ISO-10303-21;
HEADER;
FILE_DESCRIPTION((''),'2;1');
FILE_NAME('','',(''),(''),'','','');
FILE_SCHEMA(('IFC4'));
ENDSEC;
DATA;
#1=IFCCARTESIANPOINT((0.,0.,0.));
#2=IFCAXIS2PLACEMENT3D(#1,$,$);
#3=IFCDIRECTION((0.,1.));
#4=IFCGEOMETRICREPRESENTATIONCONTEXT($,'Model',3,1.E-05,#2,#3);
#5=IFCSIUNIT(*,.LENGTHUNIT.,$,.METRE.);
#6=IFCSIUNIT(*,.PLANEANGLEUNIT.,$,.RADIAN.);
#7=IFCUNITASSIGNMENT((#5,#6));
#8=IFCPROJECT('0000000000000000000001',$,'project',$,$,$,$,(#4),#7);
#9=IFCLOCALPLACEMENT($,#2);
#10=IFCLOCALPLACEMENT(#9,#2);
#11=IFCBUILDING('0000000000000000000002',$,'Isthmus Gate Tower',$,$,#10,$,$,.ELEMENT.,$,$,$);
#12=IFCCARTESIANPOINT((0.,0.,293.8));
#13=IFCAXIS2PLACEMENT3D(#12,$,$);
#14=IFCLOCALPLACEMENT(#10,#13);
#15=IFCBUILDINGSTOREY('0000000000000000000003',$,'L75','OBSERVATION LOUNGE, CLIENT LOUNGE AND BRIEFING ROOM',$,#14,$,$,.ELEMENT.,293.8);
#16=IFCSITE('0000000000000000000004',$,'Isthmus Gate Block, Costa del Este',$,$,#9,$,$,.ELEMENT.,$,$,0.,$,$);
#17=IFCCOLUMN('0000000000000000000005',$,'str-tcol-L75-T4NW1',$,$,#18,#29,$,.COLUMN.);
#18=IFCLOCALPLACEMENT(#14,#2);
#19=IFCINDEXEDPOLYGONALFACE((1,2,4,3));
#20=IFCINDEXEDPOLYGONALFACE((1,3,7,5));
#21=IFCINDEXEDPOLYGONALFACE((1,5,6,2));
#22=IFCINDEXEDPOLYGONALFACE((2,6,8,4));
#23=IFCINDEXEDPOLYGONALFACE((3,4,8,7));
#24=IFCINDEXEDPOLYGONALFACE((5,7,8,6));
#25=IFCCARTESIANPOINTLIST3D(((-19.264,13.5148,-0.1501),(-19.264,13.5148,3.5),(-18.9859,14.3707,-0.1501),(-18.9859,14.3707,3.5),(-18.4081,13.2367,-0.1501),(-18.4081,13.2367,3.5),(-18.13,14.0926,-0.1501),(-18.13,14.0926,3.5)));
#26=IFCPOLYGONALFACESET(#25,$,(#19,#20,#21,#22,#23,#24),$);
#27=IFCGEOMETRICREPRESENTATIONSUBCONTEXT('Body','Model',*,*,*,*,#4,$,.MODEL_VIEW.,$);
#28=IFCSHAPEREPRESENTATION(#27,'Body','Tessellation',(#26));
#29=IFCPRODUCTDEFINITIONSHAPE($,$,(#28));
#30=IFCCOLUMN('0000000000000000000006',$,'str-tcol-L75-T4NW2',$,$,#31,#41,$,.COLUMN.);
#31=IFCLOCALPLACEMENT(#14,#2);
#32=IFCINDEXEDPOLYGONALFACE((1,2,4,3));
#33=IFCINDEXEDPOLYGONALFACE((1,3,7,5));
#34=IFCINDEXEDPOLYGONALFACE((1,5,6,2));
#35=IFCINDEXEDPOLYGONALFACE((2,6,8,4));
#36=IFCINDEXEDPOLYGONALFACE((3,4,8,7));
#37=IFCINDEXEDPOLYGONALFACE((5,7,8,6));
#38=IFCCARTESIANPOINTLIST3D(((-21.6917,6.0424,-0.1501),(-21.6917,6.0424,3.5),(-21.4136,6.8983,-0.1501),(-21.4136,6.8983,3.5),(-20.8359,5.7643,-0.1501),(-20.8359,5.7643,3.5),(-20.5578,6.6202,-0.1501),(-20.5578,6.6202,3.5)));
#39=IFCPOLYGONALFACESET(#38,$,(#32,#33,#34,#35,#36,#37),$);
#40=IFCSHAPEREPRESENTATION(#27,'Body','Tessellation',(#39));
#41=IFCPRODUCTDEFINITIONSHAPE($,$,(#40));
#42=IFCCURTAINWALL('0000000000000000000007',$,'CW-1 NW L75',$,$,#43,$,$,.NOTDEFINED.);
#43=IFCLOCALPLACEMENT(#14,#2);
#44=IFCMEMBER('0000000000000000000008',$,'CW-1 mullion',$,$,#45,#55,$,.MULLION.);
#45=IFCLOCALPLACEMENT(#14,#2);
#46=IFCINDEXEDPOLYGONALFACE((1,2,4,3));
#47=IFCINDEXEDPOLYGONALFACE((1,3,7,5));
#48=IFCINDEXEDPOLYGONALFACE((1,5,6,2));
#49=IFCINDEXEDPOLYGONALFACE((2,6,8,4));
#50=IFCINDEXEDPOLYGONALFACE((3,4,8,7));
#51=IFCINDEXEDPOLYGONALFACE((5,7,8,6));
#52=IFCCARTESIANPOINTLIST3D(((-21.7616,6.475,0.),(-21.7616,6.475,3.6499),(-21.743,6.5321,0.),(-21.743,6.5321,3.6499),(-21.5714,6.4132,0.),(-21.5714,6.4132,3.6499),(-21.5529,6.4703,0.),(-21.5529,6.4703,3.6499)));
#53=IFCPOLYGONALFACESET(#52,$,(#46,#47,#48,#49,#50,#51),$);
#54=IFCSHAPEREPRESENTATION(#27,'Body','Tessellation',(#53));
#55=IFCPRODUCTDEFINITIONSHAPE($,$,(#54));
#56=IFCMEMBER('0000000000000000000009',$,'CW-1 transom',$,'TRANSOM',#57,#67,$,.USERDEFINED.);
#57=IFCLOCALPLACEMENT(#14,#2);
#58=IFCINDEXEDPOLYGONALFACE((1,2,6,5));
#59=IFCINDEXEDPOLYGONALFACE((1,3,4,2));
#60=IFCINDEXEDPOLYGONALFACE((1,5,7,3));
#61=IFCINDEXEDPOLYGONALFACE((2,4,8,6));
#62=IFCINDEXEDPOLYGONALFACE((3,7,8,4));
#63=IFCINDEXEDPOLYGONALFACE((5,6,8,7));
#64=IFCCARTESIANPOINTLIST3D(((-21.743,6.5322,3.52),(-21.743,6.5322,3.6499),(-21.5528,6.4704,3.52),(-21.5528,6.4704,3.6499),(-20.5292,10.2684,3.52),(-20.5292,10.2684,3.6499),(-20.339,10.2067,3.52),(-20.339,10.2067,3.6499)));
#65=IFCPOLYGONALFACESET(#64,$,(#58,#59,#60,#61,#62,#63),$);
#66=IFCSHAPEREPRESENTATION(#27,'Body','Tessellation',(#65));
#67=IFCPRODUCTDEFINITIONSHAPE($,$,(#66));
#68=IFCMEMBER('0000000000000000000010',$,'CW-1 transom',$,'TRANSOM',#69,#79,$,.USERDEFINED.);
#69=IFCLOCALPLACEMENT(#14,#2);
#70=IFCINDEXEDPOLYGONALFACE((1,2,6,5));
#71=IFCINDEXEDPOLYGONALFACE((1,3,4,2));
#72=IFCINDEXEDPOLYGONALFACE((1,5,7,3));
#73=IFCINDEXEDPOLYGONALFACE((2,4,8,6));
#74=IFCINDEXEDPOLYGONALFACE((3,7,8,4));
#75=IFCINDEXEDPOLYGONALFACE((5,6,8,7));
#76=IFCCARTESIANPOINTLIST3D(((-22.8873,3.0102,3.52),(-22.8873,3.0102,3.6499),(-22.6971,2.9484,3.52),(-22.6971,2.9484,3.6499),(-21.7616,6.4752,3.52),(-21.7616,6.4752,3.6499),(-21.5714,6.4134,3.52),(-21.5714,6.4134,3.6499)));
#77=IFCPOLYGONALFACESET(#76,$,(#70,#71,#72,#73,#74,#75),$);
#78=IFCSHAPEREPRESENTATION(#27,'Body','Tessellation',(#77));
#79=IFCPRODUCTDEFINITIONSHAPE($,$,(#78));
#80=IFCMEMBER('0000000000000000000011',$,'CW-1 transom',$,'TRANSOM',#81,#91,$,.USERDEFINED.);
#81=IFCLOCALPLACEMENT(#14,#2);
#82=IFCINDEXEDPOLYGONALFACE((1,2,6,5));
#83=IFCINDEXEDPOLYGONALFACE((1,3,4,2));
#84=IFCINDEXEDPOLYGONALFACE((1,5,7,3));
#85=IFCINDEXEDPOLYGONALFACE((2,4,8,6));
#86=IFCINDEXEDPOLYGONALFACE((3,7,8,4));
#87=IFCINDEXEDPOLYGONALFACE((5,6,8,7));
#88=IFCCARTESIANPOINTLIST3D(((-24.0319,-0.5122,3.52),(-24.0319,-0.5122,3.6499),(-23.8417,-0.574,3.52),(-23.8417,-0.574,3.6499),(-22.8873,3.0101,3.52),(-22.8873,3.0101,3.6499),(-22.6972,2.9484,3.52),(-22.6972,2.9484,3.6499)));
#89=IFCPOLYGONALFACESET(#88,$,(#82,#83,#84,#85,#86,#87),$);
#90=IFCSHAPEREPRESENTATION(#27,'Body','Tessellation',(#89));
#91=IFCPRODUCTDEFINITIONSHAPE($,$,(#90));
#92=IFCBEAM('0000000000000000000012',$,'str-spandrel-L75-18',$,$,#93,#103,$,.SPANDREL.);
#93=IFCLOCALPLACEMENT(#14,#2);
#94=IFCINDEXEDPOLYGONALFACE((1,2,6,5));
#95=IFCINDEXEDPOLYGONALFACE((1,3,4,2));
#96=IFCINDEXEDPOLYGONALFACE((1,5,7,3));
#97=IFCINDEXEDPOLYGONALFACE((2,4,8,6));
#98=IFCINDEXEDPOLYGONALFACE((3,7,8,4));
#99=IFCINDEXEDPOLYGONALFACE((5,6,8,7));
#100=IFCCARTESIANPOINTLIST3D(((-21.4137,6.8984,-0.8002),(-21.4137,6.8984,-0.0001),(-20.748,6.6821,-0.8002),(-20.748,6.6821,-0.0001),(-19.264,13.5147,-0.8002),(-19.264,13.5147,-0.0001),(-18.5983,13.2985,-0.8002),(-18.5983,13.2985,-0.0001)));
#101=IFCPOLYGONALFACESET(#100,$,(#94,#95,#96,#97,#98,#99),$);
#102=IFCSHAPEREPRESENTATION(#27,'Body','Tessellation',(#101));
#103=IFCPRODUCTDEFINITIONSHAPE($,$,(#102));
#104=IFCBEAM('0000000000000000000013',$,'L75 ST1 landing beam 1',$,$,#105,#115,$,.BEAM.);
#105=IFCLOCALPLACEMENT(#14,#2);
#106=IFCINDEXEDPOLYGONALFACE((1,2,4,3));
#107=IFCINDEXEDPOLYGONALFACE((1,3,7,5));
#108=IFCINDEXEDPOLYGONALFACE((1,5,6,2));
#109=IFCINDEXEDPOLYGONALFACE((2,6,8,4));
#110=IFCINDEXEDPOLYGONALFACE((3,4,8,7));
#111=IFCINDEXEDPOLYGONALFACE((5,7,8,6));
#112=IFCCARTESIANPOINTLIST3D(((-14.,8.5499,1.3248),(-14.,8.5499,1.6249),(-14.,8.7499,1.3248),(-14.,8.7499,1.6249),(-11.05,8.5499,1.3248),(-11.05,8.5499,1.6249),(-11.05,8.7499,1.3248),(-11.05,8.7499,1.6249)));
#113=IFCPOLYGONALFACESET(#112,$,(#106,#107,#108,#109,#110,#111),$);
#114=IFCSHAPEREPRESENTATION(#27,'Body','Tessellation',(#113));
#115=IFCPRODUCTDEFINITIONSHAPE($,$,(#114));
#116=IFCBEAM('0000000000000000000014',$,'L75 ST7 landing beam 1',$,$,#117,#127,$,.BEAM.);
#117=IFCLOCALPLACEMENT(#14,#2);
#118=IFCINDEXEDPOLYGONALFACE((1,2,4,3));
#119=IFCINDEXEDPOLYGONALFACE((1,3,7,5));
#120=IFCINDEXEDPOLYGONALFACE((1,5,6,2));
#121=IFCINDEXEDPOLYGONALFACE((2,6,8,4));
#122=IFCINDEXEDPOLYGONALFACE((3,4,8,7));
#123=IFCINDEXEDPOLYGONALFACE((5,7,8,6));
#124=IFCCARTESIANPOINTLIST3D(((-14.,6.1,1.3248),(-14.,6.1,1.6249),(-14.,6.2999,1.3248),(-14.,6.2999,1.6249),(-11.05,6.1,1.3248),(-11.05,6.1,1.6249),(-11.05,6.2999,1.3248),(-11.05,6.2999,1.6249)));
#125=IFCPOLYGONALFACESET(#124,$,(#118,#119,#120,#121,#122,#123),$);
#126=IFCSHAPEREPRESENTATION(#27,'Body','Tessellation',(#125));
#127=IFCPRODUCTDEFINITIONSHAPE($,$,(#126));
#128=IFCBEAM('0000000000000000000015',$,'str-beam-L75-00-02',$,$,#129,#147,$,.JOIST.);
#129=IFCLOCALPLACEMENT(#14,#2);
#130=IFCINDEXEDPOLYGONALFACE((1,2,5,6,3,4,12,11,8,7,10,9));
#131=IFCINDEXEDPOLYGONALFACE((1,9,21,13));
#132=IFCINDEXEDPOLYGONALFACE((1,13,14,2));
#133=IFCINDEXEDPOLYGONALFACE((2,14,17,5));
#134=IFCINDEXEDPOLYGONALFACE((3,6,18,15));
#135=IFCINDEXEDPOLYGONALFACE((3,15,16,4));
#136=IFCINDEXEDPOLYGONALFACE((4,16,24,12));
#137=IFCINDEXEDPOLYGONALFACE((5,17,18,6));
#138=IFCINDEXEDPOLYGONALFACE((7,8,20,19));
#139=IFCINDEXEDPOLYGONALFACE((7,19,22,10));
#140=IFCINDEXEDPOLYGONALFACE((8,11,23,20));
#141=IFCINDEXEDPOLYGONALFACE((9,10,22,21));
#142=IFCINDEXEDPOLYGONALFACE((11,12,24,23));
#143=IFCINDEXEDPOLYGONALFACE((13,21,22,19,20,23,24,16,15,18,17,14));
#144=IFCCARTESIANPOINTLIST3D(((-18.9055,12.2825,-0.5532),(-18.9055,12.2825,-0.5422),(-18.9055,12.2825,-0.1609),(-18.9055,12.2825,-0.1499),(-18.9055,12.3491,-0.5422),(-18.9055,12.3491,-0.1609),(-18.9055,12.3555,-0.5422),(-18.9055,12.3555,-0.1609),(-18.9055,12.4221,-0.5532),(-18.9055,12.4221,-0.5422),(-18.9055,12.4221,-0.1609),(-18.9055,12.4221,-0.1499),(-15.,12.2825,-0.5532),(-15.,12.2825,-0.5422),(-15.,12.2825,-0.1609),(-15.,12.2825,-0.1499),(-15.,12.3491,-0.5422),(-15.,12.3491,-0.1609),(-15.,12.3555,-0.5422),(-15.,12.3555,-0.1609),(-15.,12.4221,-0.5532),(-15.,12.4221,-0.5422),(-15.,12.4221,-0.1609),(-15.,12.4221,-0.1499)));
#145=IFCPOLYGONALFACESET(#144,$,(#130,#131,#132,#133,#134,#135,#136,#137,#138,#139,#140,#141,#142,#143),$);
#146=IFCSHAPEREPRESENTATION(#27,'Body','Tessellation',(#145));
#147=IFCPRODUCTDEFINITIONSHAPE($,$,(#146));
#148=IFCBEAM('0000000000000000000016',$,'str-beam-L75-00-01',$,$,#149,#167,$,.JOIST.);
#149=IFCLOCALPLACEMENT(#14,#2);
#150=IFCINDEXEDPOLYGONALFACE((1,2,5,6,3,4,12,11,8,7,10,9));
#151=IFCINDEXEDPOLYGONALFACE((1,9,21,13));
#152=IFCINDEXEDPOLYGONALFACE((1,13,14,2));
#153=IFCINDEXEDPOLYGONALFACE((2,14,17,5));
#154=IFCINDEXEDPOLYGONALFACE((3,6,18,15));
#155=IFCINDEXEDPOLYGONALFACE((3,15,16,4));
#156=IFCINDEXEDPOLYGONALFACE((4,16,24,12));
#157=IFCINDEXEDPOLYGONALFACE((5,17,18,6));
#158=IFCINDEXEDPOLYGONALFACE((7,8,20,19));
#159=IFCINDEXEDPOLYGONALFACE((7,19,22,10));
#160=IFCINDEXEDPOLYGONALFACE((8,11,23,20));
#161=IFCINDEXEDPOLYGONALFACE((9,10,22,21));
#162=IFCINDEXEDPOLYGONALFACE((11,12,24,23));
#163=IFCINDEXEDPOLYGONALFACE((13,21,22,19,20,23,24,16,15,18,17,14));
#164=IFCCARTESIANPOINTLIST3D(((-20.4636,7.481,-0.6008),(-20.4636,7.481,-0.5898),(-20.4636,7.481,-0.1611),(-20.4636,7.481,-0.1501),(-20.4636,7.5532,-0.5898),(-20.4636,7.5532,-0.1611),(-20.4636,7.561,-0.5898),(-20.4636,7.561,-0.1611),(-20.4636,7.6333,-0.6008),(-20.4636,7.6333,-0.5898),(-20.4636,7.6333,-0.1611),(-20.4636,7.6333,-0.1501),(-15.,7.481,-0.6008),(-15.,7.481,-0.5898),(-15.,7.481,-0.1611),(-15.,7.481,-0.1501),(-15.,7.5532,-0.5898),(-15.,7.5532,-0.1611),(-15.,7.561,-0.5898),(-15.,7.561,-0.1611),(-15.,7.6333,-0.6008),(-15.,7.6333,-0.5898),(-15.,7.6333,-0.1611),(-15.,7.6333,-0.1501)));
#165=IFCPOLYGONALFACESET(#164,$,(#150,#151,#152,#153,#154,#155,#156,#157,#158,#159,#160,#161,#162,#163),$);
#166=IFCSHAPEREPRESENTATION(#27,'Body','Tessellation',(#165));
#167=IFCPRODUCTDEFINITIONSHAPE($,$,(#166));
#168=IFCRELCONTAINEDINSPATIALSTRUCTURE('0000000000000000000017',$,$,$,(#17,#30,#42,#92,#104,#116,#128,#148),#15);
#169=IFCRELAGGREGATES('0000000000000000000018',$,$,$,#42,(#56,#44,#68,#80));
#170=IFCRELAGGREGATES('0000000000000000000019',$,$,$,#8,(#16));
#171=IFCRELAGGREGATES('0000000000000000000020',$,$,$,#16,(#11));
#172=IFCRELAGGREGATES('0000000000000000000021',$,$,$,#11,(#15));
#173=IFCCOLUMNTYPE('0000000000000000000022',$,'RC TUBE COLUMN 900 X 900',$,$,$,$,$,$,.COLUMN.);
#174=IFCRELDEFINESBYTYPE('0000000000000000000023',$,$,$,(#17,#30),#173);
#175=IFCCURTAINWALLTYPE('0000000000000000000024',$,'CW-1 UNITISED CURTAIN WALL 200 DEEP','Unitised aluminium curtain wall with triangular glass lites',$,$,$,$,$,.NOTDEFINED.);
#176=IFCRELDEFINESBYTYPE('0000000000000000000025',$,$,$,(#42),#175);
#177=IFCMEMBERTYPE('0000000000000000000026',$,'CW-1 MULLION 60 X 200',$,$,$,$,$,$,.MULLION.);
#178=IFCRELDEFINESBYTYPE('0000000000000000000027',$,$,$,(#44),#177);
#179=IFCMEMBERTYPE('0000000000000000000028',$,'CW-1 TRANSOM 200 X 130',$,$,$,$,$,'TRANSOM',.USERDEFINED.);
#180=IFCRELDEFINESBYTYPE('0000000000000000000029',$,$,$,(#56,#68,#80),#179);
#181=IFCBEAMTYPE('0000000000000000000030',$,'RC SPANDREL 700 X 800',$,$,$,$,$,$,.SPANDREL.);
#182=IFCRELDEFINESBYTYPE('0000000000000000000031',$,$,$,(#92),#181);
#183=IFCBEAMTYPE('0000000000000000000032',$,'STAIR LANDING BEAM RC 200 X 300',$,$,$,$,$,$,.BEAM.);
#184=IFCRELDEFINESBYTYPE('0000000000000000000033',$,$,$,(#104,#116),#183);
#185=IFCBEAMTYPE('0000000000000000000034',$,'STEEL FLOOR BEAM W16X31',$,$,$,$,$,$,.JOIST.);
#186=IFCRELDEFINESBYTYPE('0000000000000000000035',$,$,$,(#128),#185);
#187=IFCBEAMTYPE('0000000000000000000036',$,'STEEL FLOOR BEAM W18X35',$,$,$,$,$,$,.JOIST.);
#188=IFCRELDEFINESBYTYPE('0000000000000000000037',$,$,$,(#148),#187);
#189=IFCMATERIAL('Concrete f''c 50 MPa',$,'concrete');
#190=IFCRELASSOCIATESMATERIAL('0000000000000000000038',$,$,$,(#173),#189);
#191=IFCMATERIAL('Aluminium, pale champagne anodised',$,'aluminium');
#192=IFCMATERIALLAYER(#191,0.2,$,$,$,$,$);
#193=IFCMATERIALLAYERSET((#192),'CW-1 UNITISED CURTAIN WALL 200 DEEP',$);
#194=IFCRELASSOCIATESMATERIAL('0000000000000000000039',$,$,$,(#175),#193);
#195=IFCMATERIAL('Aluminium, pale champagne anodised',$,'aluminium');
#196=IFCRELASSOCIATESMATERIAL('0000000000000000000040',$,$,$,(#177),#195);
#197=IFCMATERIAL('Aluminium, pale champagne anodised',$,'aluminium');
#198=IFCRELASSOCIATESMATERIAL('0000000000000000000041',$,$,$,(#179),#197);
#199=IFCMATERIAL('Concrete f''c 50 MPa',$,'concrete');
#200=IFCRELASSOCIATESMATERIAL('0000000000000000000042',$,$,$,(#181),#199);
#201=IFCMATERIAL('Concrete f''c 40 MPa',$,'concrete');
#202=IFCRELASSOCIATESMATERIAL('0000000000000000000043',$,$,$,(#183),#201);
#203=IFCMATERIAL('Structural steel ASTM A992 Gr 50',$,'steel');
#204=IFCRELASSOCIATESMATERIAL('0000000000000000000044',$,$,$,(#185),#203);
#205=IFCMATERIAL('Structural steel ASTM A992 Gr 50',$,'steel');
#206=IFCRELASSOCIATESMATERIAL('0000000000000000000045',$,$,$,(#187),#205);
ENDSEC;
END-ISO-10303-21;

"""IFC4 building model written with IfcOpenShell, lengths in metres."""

from ifc_helpers import new_model, si_unit, direction, frame, origin, origin_2d, place, context, subcontext, project, spatial, rectangle, i_section, extrude, material, layer, layer_set, material_profile, profile_set, type_object, element, aggregate, save


model = new_model("IFC4")

# Units and contexts
model_context = context("Model", 3, precision=1e-05, world=origin(), true_north=direction((0.0, 1.0)))
body_context = subcontext(model_context, "Body", "Model", "MODEL_VIEW")
ifc_project = project(units=[si_unit("LENGTHUNIT", "METRE"), si_unit("PLANEANGLEUNIT", "RADIAN")], contexts=[model_context])

# Site, building, storey
site_placement = place(None, origin())
site = spatial("IfcSite", under=ifc_project, at=site_placement, Name="Isthmus Gate Block, Costa del Este", CompositionType="ELEMENT", RefElevation=0.0)
building_placement = place(site_placement, origin())
building = spatial("IfcBuilding", under=site, at=building_placement, Name="Isthmus Gate Tower", CompositionType="ELEMENT")
storey_placement = place(building_placement, frame((0.0, 0.0, 293.8)))
storey = spatial("IfcBuildingStorey", under=building, at=storey_placement, Name="L75", Description="OBSERVATION LOUNGE, CLIENT LOUNGE AND BRIEFING ROOM", CompositionType="ELEMENT", Elevation=293.8)

# Columns
ifc_material_1 = material(Name="Concrete f'c 50 MPa", Category="concrete")
ifc_material_profile_1 = material_profile(ifc_material_1, rectangle(XDim=0.8999, YDim=0.8999, at=origin_2d()), Name="RC 900X900")
ifc_profile_set_1 = profile_set([ifc_material_profile_1], Name="Concrete f'c 50 MPa")
column_type = type_object("IfcColumnType", Name="RC TUBE COLUMN 900 X 900", PredefinedType="COLUMN", material=ifc_profile_set_1)
for number, where, z_axis, x_axis, name in (
    (1, (-18.697, 13.8037, -0.1501), (0.0, 0.0, 1.0), (-0.309017, -0.951057, 0.0), "str-tcol-L75-T4NW1"),
    (2, (-21.1248, 6.3313, -0.1501), (0.0, 0.0, 1.0), (-0.309017, -0.951057, 0.0), "str-tcol-L75-T4NW2"),
):
    element("IfcColumn", number, at=place(storey_placement, frame(where, z_axis=z_axis, x_axis=x_axis)), inside=storey, type_object=column_type, Name=name, PredefinedType="COLUMN", context=body_context, shape_type="SweptSolid", body=[
        extrude(rectangle(XDim=0.8999, YDim=0.8999, at=origin_2d()), origin(), (0.0, 0.0, 1.0), 3.6501),
    ])

# Curtain wall, members
ifc_material_2 = material(Name="Aluminium, pale champagne anodised", Category="aluminium")
ifc_layer_1 = layer(ifc_material_2, 0.2)
ifc_layer_set_1 = layer_set([ifc_layer_1], Name="CW-1 UNITISED CURTAIN WALL 200 DEEP")
curtain_wall_type = type_object("IfcCurtainWallType", Name="CW-1 UNITISED CURTAIN WALL 200 DEEP", Description="Unitised aluminium curtain wall with triangular glass lites", PredefinedType="NOTDEFINED", material=ifc_layer_set_1)
curtain_wall_placement = place(storey_placement, origin())
curtain_wall = element("IfcCurtainWall", 3, at=curtain_wall_placement, inside=storey, type_object=curtain_wall_type, Name="CW-1 NW L75", PredefinedType="NOTDEFINED")
ifc_material_3 = material(Name="Aluminium, pale champagne anodised", Category="aluminium")
ifc_material_profile_2 = material_profile(ifc_material_3, rectangle(XDim=0.0601, YDim=0.2, at=origin_2d()), Name="60x200")
ifc_profile_set_2 = profile_set([ifc_material_profile_2], Name="Aluminium, pale champagne anodised")
member_type_1 = type_object("IfcMemberType", Name="CW-1 MULLION 60 X 200", PredefinedType="MULLION", material=ifc_profile_set_2)
member_1_placement = place(storey_placement, frame((-21.6572, 6.4727, 0.0), z_axis=(0.0, 0.0, 1.0), x_axis=(-0.309017, -0.951057, 0.0)))
member_1 = element("IfcMember", 4, at=member_1_placement, type_object=member_type_1, Name="CW-1 mullion", PredefinedType="MULLION", context=body_context, shape_type="SweptSolid", body=[
    extrude(rectangle(XDim=0.0601, YDim=0.2, at=origin_2d()), origin(), (0.0, 0.0, 1.0), 3.6499),
])
ifc_material_4 = material(Name="Aluminium, pale champagne anodised", Category="aluminium")
ifc_material_profile_3 = material_profile(ifc_material_4, rectangle(XDim=0.2, YDim=0.1299, at=origin_2d()), Name="200x130")
ifc_profile_set_3 = profile_set([ifc_material_profile_3], Name="Aluminium, pale champagne anodised")
member_type_2 = type_object("IfcMemberType", Name="CW-1 TRANSOM 200 X 130", ElementType="TRANSOM", PredefinedType="USERDEFINED", material=ifc_profile_set_3)
member_2_placement = place(storey_placement, frame((-20.4341, 10.2375, 3.585), z_axis=(-0.308985, -0.951067, 0.0), x_axis=(0.951067, -0.308985, 0.0)))
member_2 = element("IfcMember", 5, at=member_2_placement, type_object=member_type_2, Name="CW-1 transom", ObjectType="TRANSOM", PredefinedType="USERDEFINED", context=body_context, shape_type="SweptSolid", body=[
    extrude(rectangle(XDim=0.2, YDim=0.1299, at=origin_2d()), origin(), (0.0, 0.0, 1.0), 3.9285),
])
member_3_placement = place(storey_placement, frame((-21.6665, 6.4443, 3.585), z_axis=(-0.308982, -0.951068, 0.0), x_axis=(0.951068, -0.308982, 0.0)))
member_3 = element("IfcMember", 6, at=member_3_placement, type_object=member_type_2, Name="CW-1 transom", ObjectType="TRANSOM", PredefinedType="USERDEFINED", context=body_context, shape_type="SweptSolid", body=[
    extrude(rectangle(XDim=0.2, YDim=0.1299, at=origin_2d()), origin(), (0.0, 0.0, 1.0), 3.6433),
])
member_4_placement = place(storey_placement, frame((-22.7922, 2.9792, 3.585), z_axis=(-0.30904, -0.951049, 0.0), x_axis=(0.951049, -0.30904, 0.0)))
member_4 = element("IfcMember", 7, at=member_4_placement, type_object=member_type_2, Name="CW-1 transom", ObjectType="TRANSOM", PredefinedType="USERDEFINED", context=body_context, shape_type="SweptSolid", body=[
    extrude(rectangle(XDim=0.2, YDim=0.1299, at=origin_2d()), origin(), (0.0, 0.0, 1.0), 3.7036),
])

# Beams
ifc_material_5 = material(Name="Concrete f'c 50 MPa", Category="concrete")
ifc_material_profile_4 = material_profile(ifc_material_5, rectangle(XDim=0.7, YDim=0.8, at=origin_2d()), Name="RC 700X800")
ifc_profile_set_4 = profile_set([ifc_material_profile_4], Name="Concrete f'c 50 MPa")
beam_type_1 = type_object("IfcBeamType", Name="RC SPANDREL 700 X 800", PredefinedType="SPANDREL", material=ifc_profile_set_4)
beam_1_placement = place(storey_placement, frame((-21.0808, 6.7903, -0.4001), z_axis=(0.309007, 0.95106, 0.0), x_axis=(-0.95106, 0.309007, 0.0)))
element("IfcBeam", 8, at=beam_1_placement, inside=storey, type_object=beam_type_1, Name="str-spandrel-L75-18", PredefinedType="SPANDREL", context=body_context, shape_type="SweptSolid", body=[
    extrude(rectangle(XDim=0.7, YDim=0.8, at=origin_2d()), origin(), (0.0, 0.0, 1.0), 6.9568),
])
ifc_material_6 = material(Name="Concrete f'c 40 MPa", Category="concrete")
ifc_material_profile_5 = material_profile(ifc_material_6, rectangle(XDim=0.2, YDim=0.3, at=origin_2d()), Name="STAIR LANDING BEAM RC 200 X 300")
ifc_profile_set_5 = profile_set([ifc_material_profile_5], Name="Concrete f'c 40 MPa")
beam_type_2 = type_object("IfcBeamType", Name="STAIR LANDING BEAM RC 200 X 300", PredefinedType="BEAM", material=ifc_profile_set_5)
for number, where, z_axis, x_axis, name in (
    (9, (-14.0, 8.6499, 1.4749), (1.0, 0.0, 0.0), (0.0, 1.0, 0.0), "L75 ST1 landing beam 1"),
    (10, (-14.0, 6.2, 1.4749), (1.0, 0.0, 0.0), (0.0, 1.0, 0.0), "L75 ST7 landing beam 1"),
):
    element("IfcBeam", number, at=place(storey_placement, frame(where, z_axis=z_axis, x_axis=x_axis)), inside=storey, type_object=beam_type_2, Name=name, PredefinedType="BEAM", context=body_context, shape_type="SweptSolid", body=[
        extrude(rectangle(XDim=0.2, YDim=0.3, at=origin_2d()), origin(), (0.0, 0.0, 1.0), 2.95),
    ])
ifc_material_7 = material(Name="Structural steel ASTM A992 Gr 50", Category="steel")
ifc_material_profile_6 = material_profile(ifc_material_7, i_section(OverallWidth=0.1396, OverallDepth=0.4033, WebThickness=0.0063, FlangeThickness=0.011, at=origin_2d()), Name="W16X31")
ifc_profile_set_6 = profile_set([ifc_material_profile_6], Name="Structural steel ASTM A992 Gr 50")
beam_type_3 = type_object("IfcBeamType", Name="STEEL FLOOR BEAM W16X31", PredefinedType="JOIST", material=ifc_profile_set_6)
beam_2_placement = place(storey_placement, frame((-18.9055, 12.3523, -0.3516), z_axis=(1.0, 0.0, 0.0), x_axis=(0.0, 1.0, 0.0)))
element("IfcBeam", 11, at=beam_2_placement, inside=storey, type_object=beam_type_3, Name="str-beam-L75-00-02", PredefinedType="JOIST", context=body_context, shape_type="SweptSolid", body=[
    extrude(i_section(OverallWidth=0.1396, OverallDepth=0.4033, WebThickness=0.0063, FlangeThickness=0.011, at=origin_2d()), origin(), (0.0, 0.0, 1.0), 3.9055),
])
ifc_material_8 = material(Name="Structural steel ASTM A992 Gr 50", Category="steel")
ifc_material_profile_7 = material_profile(ifc_material_8, i_section(OverallWidth=0.1523, OverallDepth=0.4507, WebThickness=0.0078, FlangeThickness=0.011, at=origin_2d()), Name="W18X35")
ifc_profile_set_7 = profile_set([ifc_material_profile_7], Name="Structural steel ASTM A992 Gr 50")
beam_type_4 = type_object("IfcBeamType", Name="STEEL FLOOR BEAM W18X35", PredefinedType="JOIST", material=ifc_profile_set_7)
beam_3_placement = place(storey_placement, frame((-20.4636, 7.5571, -0.3755), z_axis=(1.0, 0.0, 0.0), x_axis=(0.0, 1.0, 0.0)))
element("IfcBeam", 12, at=beam_3_placement, inside=storey, type_object=beam_type_4, Name="str-beam-L75-00-01", PredefinedType="JOIST", context=body_context, shape_type="SweptSolid", body=[
    extrude(i_section(OverallWidth=0.1523, OverallDepth=0.4507, WebThickness=0.0078, FlangeThickness=0.011, at=origin_2d()), origin(), (0.0, 0.0, 1.0), 5.4636),
])

aggregate(curtain_wall, [member_2, member_1, member_3, member_4])

save(model, "model.ifc")
